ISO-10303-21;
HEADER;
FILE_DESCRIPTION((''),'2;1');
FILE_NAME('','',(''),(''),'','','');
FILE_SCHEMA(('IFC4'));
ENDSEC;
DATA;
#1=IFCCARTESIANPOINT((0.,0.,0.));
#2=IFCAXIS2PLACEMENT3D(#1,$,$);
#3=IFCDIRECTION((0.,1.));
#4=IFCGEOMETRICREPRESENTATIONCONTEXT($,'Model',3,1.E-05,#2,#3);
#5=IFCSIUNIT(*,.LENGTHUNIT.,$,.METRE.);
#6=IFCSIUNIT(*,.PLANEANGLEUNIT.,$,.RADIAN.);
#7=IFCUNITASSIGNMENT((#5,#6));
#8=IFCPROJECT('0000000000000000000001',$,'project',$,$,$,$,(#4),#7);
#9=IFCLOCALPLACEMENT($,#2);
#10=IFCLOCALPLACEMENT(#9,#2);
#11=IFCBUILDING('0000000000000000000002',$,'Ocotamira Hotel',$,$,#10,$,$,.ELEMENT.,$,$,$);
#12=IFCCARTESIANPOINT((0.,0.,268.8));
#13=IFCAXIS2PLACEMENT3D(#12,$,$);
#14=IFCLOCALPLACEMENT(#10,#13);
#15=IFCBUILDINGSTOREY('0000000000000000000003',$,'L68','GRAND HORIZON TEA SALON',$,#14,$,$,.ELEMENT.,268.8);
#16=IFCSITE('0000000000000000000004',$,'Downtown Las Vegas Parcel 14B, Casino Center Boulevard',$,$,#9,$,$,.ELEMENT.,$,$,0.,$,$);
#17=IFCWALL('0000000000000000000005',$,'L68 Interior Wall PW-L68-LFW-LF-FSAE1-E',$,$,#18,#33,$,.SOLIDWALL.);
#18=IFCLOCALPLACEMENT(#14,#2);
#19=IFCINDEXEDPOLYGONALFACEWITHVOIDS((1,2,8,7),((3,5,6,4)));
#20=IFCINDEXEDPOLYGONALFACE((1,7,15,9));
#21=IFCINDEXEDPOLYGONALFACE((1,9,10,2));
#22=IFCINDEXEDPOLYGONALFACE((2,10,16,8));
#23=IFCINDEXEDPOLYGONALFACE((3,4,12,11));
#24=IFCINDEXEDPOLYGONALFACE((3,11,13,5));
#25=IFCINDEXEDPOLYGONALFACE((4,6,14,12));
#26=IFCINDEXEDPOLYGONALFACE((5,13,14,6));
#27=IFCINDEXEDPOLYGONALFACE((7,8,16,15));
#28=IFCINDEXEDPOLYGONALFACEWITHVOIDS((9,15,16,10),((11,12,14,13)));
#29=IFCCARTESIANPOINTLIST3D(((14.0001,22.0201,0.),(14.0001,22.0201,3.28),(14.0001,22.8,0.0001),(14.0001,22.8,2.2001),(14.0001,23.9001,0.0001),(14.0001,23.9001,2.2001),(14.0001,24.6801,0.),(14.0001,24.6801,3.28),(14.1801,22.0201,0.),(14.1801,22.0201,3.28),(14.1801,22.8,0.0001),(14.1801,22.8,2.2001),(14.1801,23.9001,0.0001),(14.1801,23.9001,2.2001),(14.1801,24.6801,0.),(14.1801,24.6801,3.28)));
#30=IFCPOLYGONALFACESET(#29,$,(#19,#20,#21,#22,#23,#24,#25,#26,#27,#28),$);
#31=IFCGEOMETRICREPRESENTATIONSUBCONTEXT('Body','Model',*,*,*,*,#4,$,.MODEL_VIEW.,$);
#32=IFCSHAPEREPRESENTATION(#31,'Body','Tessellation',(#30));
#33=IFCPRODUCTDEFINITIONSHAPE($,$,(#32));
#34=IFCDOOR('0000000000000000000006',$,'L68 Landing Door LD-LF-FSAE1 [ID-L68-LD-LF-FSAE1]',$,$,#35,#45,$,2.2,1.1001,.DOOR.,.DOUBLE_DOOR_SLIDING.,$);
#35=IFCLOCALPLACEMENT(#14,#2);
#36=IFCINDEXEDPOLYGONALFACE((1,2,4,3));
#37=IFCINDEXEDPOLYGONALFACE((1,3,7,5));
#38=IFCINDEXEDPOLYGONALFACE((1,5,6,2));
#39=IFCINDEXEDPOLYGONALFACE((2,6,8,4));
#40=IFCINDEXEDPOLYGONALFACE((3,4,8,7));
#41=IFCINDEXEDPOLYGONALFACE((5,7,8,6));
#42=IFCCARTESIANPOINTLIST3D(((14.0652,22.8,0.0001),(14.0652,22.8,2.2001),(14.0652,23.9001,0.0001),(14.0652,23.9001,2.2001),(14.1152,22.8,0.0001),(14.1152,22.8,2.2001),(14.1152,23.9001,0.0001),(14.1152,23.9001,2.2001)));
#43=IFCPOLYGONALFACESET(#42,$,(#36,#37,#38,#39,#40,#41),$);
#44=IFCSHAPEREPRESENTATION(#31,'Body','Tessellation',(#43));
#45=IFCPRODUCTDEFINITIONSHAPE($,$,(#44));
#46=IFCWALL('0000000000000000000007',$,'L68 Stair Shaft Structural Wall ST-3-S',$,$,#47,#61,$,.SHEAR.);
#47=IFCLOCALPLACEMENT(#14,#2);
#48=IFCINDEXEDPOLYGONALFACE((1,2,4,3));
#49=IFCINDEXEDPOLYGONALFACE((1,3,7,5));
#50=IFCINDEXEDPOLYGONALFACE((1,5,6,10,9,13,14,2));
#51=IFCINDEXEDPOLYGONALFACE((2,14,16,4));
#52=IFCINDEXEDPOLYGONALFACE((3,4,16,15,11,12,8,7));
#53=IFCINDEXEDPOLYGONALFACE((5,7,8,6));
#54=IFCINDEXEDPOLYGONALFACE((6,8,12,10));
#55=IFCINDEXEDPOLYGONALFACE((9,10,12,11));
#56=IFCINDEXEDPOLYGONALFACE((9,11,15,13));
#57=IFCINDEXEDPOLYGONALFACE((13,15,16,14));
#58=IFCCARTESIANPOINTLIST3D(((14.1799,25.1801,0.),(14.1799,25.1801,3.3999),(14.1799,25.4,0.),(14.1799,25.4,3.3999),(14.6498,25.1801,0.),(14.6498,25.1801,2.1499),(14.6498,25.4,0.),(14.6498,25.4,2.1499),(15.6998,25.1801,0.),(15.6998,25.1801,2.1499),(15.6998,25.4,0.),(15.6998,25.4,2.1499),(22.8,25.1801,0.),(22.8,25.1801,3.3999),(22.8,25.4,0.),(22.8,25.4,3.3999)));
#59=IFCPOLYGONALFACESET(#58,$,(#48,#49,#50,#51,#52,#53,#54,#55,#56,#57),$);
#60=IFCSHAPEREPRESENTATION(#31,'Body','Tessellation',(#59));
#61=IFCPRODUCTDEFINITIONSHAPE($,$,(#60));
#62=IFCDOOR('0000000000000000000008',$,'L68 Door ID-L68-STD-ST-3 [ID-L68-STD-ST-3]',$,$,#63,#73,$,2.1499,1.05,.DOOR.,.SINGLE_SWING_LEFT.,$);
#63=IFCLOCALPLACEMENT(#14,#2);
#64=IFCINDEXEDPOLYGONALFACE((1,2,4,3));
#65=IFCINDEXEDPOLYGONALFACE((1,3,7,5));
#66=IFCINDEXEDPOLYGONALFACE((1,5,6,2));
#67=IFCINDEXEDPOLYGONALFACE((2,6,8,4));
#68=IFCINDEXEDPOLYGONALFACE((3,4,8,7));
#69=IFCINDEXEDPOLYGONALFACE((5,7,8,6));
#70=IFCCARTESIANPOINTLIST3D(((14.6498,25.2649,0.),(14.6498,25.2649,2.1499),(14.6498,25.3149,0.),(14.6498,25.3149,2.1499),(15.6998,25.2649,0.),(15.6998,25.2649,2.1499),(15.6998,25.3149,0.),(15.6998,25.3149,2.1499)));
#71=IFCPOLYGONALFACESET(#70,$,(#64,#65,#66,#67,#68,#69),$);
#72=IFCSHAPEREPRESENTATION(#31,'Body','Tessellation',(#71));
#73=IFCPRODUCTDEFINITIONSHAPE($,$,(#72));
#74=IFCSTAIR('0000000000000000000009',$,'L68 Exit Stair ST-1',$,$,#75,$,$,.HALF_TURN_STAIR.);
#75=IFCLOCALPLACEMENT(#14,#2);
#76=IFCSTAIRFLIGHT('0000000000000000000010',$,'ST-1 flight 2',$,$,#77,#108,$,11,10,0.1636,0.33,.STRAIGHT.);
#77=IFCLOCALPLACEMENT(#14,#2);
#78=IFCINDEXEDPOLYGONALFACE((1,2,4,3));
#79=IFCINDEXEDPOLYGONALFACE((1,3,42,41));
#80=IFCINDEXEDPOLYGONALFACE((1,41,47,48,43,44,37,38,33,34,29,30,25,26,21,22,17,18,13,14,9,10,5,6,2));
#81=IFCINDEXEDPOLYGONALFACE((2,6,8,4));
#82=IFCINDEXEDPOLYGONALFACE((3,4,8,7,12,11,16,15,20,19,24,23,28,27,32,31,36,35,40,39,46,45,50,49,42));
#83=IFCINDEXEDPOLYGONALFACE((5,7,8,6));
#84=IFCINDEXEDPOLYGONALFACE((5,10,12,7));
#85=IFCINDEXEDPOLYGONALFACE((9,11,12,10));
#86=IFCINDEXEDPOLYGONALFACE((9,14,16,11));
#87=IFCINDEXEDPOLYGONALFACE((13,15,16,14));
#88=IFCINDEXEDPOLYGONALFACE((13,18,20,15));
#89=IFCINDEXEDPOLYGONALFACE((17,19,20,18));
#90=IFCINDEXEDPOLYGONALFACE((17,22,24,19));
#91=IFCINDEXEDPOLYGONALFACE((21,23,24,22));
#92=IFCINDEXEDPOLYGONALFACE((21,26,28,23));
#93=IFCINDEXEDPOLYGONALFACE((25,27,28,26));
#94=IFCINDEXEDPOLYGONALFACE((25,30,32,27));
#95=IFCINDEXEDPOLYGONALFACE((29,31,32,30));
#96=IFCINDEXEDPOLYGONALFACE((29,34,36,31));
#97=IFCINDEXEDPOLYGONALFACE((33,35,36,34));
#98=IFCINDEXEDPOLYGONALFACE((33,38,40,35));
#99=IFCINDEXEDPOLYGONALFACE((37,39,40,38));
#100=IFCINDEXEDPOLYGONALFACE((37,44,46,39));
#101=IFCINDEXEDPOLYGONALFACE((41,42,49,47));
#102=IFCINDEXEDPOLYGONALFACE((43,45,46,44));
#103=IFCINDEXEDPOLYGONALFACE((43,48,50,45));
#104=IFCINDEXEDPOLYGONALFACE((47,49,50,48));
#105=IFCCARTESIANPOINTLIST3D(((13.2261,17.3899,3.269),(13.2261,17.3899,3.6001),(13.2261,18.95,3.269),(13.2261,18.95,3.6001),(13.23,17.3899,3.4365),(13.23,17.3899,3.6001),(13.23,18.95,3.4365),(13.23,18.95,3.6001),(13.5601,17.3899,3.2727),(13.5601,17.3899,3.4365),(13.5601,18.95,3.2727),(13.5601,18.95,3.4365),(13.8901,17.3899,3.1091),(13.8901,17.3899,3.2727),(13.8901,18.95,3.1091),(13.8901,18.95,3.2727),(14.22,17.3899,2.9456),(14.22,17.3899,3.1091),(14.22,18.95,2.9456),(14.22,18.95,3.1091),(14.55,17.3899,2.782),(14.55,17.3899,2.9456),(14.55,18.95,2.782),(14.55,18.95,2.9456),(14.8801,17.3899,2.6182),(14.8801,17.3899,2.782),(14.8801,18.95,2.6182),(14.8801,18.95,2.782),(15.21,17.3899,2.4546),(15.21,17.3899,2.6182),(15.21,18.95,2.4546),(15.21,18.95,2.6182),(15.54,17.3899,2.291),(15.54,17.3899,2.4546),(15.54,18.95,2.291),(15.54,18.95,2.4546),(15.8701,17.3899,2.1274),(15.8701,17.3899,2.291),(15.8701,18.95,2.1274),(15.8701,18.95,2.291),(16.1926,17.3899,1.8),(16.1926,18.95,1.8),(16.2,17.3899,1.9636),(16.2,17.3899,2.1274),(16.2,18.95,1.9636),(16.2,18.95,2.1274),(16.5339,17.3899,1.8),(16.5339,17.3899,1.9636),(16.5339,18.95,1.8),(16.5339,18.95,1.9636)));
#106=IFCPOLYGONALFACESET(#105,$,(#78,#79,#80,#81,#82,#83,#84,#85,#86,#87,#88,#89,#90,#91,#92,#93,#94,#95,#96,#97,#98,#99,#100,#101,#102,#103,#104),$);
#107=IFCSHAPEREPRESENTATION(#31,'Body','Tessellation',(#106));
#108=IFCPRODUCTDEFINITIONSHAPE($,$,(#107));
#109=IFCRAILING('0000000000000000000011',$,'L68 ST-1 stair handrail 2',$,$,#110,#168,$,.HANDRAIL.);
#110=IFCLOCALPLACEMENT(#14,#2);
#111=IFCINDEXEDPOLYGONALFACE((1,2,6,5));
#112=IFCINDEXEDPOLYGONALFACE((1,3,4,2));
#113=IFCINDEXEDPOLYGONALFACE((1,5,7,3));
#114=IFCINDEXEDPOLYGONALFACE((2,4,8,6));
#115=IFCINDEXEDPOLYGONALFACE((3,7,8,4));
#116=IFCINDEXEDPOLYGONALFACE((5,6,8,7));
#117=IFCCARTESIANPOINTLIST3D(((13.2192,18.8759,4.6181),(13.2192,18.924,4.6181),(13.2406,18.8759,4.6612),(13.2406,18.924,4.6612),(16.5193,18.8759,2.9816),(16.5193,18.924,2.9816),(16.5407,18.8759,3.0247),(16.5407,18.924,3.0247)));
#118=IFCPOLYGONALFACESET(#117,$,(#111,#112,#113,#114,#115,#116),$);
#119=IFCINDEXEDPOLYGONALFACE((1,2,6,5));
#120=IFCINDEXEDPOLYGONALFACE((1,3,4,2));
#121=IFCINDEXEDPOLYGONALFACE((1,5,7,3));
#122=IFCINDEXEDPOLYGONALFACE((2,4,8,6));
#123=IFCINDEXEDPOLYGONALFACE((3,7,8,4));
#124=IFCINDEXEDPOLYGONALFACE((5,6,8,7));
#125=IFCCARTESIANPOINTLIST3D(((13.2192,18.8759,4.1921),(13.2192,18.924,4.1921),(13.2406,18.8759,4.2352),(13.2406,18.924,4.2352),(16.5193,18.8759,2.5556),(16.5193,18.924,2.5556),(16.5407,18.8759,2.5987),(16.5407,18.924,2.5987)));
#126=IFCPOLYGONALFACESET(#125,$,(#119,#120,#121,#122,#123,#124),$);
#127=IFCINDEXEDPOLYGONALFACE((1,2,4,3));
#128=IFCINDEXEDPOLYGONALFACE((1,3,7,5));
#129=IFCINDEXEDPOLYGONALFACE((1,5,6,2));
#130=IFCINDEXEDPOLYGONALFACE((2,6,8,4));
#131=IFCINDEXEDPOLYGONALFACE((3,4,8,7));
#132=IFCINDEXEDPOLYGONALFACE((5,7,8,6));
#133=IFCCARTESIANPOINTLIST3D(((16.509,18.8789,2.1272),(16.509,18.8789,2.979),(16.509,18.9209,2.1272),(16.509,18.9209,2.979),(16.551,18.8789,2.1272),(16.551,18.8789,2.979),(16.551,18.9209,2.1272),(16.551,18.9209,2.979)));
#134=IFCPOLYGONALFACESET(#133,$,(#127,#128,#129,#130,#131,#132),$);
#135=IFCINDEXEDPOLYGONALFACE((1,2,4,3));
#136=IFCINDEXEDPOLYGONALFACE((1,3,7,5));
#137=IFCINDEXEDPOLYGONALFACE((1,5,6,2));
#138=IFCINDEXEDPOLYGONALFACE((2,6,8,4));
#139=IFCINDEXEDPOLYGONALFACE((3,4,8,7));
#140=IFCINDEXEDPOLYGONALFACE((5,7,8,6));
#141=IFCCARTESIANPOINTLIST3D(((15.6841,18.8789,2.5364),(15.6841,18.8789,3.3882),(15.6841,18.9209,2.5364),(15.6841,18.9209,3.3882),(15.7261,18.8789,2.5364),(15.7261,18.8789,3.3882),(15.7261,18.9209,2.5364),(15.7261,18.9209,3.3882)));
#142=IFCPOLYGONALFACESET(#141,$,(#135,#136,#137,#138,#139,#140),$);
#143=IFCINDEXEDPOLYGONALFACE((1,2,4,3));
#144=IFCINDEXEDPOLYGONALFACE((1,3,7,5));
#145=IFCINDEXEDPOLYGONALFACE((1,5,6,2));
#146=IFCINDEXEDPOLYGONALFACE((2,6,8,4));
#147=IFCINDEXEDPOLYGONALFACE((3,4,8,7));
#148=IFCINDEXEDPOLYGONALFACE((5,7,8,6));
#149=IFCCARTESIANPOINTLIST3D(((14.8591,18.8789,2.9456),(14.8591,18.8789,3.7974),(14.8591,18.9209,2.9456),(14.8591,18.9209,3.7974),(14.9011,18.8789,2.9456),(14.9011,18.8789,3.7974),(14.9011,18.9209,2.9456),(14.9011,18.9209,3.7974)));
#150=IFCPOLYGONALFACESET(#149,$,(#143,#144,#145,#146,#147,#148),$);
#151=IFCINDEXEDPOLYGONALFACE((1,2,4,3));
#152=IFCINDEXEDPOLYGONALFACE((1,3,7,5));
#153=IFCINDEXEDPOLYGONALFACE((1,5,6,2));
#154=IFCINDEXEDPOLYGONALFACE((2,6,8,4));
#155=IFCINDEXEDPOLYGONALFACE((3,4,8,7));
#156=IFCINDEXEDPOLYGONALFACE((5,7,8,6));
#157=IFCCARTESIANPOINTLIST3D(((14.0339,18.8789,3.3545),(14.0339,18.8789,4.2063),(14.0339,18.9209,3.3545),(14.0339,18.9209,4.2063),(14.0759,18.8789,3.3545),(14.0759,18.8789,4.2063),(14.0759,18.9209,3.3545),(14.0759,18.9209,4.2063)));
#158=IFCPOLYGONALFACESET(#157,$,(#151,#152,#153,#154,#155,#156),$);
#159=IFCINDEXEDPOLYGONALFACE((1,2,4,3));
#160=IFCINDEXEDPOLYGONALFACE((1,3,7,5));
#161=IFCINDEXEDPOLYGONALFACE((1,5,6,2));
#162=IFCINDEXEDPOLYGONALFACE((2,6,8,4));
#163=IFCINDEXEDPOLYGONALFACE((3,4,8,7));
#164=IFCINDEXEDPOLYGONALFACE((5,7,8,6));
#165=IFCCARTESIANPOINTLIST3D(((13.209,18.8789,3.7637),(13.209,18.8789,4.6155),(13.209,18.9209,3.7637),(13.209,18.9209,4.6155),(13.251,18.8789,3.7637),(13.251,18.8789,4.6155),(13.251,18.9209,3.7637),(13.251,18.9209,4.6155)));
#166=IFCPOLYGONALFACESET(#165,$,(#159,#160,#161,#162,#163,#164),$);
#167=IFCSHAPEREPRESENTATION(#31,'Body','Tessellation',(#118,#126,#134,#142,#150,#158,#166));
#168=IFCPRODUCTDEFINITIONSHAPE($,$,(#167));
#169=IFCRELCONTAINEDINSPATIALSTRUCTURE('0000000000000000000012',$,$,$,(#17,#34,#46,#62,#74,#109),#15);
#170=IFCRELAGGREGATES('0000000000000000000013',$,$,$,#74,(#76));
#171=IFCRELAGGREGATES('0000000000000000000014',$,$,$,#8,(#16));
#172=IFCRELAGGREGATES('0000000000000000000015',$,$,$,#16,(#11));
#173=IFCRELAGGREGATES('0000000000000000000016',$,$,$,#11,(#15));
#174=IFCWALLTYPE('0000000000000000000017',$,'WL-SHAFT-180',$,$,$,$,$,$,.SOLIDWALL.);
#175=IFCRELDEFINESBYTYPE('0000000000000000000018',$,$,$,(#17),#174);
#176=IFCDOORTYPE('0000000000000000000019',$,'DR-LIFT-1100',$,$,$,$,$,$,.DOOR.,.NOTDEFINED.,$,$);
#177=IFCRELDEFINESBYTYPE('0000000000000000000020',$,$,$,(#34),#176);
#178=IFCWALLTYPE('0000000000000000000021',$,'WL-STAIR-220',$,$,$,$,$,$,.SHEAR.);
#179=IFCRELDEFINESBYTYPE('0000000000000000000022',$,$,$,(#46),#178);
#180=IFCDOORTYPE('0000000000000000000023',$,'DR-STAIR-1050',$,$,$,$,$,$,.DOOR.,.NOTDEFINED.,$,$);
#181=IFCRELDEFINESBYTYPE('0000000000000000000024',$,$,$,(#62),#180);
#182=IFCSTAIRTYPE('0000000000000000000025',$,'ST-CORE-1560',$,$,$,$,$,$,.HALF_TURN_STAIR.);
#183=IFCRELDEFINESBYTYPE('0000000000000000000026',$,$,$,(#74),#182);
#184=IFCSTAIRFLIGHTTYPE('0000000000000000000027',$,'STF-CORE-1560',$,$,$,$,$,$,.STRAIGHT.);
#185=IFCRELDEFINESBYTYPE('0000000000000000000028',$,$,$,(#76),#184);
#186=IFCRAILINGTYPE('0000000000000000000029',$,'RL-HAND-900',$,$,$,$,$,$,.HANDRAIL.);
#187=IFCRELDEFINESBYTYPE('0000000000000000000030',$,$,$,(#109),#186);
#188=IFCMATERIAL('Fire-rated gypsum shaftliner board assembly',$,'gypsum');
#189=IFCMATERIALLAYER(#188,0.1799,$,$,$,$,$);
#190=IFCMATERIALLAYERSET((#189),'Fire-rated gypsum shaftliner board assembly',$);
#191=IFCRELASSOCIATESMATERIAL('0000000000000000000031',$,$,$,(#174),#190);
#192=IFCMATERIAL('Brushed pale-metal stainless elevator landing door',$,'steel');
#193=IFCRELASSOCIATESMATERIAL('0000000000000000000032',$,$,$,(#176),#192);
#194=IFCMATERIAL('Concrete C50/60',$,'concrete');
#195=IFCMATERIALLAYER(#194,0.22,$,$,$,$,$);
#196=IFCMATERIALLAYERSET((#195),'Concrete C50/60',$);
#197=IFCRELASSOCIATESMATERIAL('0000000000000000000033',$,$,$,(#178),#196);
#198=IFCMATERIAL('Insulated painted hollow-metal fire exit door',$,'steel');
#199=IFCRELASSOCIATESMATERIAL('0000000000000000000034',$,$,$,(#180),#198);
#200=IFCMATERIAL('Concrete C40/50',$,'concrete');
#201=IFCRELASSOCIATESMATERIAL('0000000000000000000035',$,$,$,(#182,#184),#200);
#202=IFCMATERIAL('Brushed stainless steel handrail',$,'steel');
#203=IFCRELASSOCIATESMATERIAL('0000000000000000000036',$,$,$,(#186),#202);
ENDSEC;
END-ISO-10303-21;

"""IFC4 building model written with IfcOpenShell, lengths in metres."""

from ifc_helpers import new_model, si_unit, direction, frame, frame_2d, origin, origin_2d, place, context, subcontext, project, spatial, polyline, rectangle, outline, extrude, source, transform, mapped, material, layer, layer_set, type_object, element, fill, aggregate, save


model = new_model("IFC4")

# Units and contexts
model_context = context("Model", 3, precision=1e-05, world=origin(), true_north=direction((0.0, 1.0)))
body_context = subcontext(model_context, "Body", "Model", "MODEL_VIEW")
ifc_project = project(units=[si_unit("LENGTHUNIT", "METRE"), si_unit("PLANEANGLEUNIT", "RADIAN")], contexts=[model_context])

# Site, building, storey
site_placement = place(None, origin())
site = spatial("IfcSite", under=ifc_project, at=site_placement, Name="Downtown Las Vegas Parcel 14B, Casino Center Boulevard", CompositionType="ELEMENT", RefElevation=0.0)
building_placement = place(site_placement, origin())
building = spatial("IfcBuilding", under=site, at=building_placement, Name="Ocotamira Hotel", CompositionType="ELEMENT")
storey_placement = place(building_placement, frame((0.0, 0.0, 268.8)))
storey = spatial("IfcBuildingStorey", under=building, at=storey_placement, Name="L68", Description="GRAND HORIZON TEA SALON", CompositionType="ELEMENT", Elevation=268.8)

# Shared definitions
ifc_material_1 = material(Name="Fire-rated gypsum shaftliner board assembly", Category="gypsum")
ifc_layer_1 = layer(ifc_material_1, 0.1799)
ifc_layer_set_1 = layer_set([ifc_layer_1], Name="Fire-rated gypsum shaftliner board assembly")
wall_type_1 = type_object("IfcWallType", Name="WL-SHAFT-180", PredefinedType="SOLIDWALL", material=ifc_layer_set_1)
ifc_material_2 = material(Name="Brushed pale-metal stainless elevator landing door", Category="steel")
door_type_1 = type_object("IfcDoorType", Name="DR-LIFT-1100", OperationType="NOTDEFINED", PredefinedType="DOOR", material=ifc_material_2)
shared_shape_1 = source(origin(), body_context, "Body", "SweptSolid", [
    extrude(rectangle(XDim=1.1001, YDim=2.2, at=frame_2d((0.55, 1.1001))), frame((0.0, 0.0249, 0.0), z_axis=(0.0, -1.0, 0.0), x_axis=(1.0, 0.0, 0.0)), (0.0, 0.0, 1.0), 0.05),
])

# Walls, openings, doors
wall_1_placement = place(storey_placement, frame((14.0901, 22.02, 0.0), z_axis=(0.0, 0.0, 1.0), x_axis=(0.0, 1.0, 0.0)))
wall_1 = element("IfcWall", 1, at=wall_1_placement, inside=storey, type_object=wall_type_1, Name="L68 Interior Wall PW-L68-LFW-LF-FSAE1-E", PredefinedType="SOLIDWALL", context=body_context, shape_type="SweptSolid", body=[
    extrude(rectangle(XDim=2.6599, YDim=0.1799, at=frame_2d((1.3301, 0.0))), origin(), (0.0, 0.0, 1.0), 3.28),
])
opening_1_placement = place(wall_1_placement, frame((0.78, 0.0, 0.0)))
opening_1 = element("IfcOpeningElement", 2, at=opening_1_placement, cuts=wall_1, PredefinedType="OPENING", context=body_context, shape_type="SweptSolid", body=[
    extrude(rectangle(XDim=1.1001, YDim=2.2, at=frame_2d((0.55, 1.1001))), frame((0.0, 0.1001, 0.0), z_axis=(0.0, -1.0, 0.0), x_axis=(1.0, 0.0, 0.0)), (0.0, 0.0, 1.0), 0.2),
])
door_1_placement = place(opening_1_placement, origin())
door_1 = element("IfcDoor", 3, at=door_1_placement, inside=storey, type_object=door_type_1, Name="L68 Landing Door LD-LF-FSAE1 [ID-L68-LD-LF-FSAE1]", OperationType="DOUBLE_DOOR_SLIDING", OverallHeight=2.2, OverallWidth=1.1001, PredefinedType="DOOR", context=body_context, shape_type="MappedRepresentation", body=[
    mapped(shared_shape_1, transform((0.0, 0.0, 0.0), scale=1.0)),
])
fill(opening_1, door_1)
ifc_material_3 = material(Name="Concrete C50/60", Category="concrete")
ifc_layer_2 = layer(ifc_material_3, 0.22)
ifc_layer_set_2 = layer_set([ifc_layer_2], Name="Concrete C50/60")
wall_type_2 = type_object("IfcWallType", Name="WL-STAIR-220", PredefinedType="SHEAR", material=ifc_layer_set_2)
wall_2_placement = place(storey_placement, frame((14.1799, 25.29, 0.0), z_axis=(0.0, 0.0, 1.0), x_axis=(1.0, 0.0, 0.0)))
wall_2 = element("IfcWall", 4, at=wall_2_placement, inside=storey, type_object=wall_type_2, Name="L68 Stair Shaft Structural Wall ST-3-S", PredefinedType="SHEAR", context=body_context, shape_type="SweptSolid", body=[
    extrude(rectangle(XDim=8.6201, YDim=0.22, at=frame_2d((4.3101, 0.0))), origin(), (0.0, 0.0, 1.0), 3.3999),
])
opening_2_placement = place(wall_2_placement, frame((0.47, 0.0, 0.0)))
opening_2 = element("IfcOpeningElement", 5, at=opening_2_placement, cuts=wall_2, PredefinedType="OPENING", context=body_context, shape_type="SweptSolid", body=[
    extrude(rectangle(XDim=1.05, YDim=2.1499, at=frame_2d((0.5249, 1.075))), frame((0.0, 0.1201, 0.0), z_axis=(0.0, -1.0, 0.0), x_axis=(1.0, 0.0, 0.0)), (0.0, 0.0, 1.0), 0.24),
])
ifc_material_4 = material(Name="Insulated painted hollow-metal fire exit door", Category="steel")
door_type_2 = type_object("IfcDoorType", Name="DR-STAIR-1050", OperationType="NOTDEFINED", PredefinedType="DOOR", material=ifc_material_4)
shared_shape_2 = source(origin(), body_context, "Body", "SweptSolid", [
    extrude(rectangle(XDim=1.05, YDim=2.1499, at=frame_2d((0.5249, 1.075))), frame((0.0, 0.0249, 0.0), z_axis=(0.0, -1.0, 0.0), x_axis=(1.0, 0.0, 0.0)), (0.0, 0.0, 1.0), 0.05),
])
door_2_placement = place(opening_2_placement, origin())
door_2 = element("IfcDoor", 6, at=door_2_placement, inside=storey, type_object=door_type_2, Name="L68 Door ID-L68-STD-ST-3 [ID-L68-STD-ST-3]", OperationType="SINGLE_SWING_LEFT", OverallHeight=2.1499, OverallWidth=1.05, PredefinedType="DOOR", context=body_context, shape_type="MappedRepresentation", body=[
    mapped(shared_shape_2, transform((0.0, 0.0, 0.0), scale=1.0)),
])
fill(opening_2, door_2)

# Stair, stair flight
ifc_material_5 = material(Name="Concrete C40/50", Category="concrete")
stair_type = type_object("IfcStairType", Name="ST-CORE-1560", PredefinedType="HALF_TURN_STAIR", material=ifc_material_5)
stair_placement = place(storey_placement, origin())
stair = element("IfcStair", 7, at=stair_placement, inside=storey, type_object=stair_type, Name="L68 Exit Stair ST-1", PredefinedType="HALF_TURN_STAIR")
stair_flight_type = type_object("IfcStairFlightType", Name="STF-CORE-1560", PredefinedType="STRAIGHT", material=ifc_material_5)
shared_shape_3 = source(origin(), body_context, "Body", "SweptSolid", [
    extrude(outline(polyline([(-0.0039, 0.0), (-0.0039, 0.1636), (0.3301, 0.1636), (0.3301, 0.3274), (0.6599, 0.3274), (0.6599, 0.491), (0.99, 0.491), (0.99, 0.6545), (1.3201, 0.6545), (1.3201, 0.8181), (1.6499, 0.8181), (1.6499, 0.9819), (1.98, 0.9819), (1.98, 1.1455), (2.3101, 1.1455), (2.3101, 1.3091), (2.6399, 1.3091), (2.6399, 1.4727), (2.97, 1.4727), (2.97, 1.6365), (3.3, 1.6365), (3.3, 1.8), (3.304, 1.8), (3.304, 1.469), (0.3374, 0.0), (-0.0039, 0.0)])), frame((0.0, 0.78, 0.0), z_axis=(0.0, -1.0, 0.0), x_axis=(1.0, 0.0, 0.0)), (0.0, 0.0, 1.0), 1.5601),
])
stair_flight_placement = place(storey_placement, frame((16.53, 18.1699, 1.8), z_axis=(0.0, 0.0, 1.0), x_axis=(-1.0, 0.0, 0.0)))
stair_flight = element("IfcStairFlight", 8, at=stair_flight_placement, type_object=stair_flight_type, Name="ST-1 flight 2", NumberOfRisers=11, NumberOfTreads=10, PredefinedType="STRAIGHT", RiserHeight=0.1636, TreadLength=0.33, context=body_context, shape_type="MappedRepresentation", body=[
    mapped(shared_shape_3, transform((0.0, 0.0, 0.0), scale=1.0)),
])
aggregate(stair, [stair_flight])

# Railing
ifc_material_6 = material(Name="Brushed stainless steel handrail", Category="steel")
railing_type_1 = type_object("IfcRailingType", Name="RL-HAND-900", PredefinedType="HANDRAIL", material=ifc_material_6)
railing_1_placement = place(storey_placement, frame((16.53, 18.8999, 2.1272)))
element("IfcRailing", 9, at=railing_1_placement, inside=storey, type_object=railing_type_1, Name="L68 ST-1 stair handrail 2", PredefinedType="HANDRAIL", context=body_context, shape_type="SweptSolid", body=[
    extrude(rectangle(XDim=0.0481, YDim=0.0481, at=origin_2d()), frame((0.0, 0.0, 0.876), z_axis=(-0.895894, 0.0, 0.444268), x_axis=(0.0, -1.0, 0.0)), (0.0, 0.0, 1.0), 3.6836),
    extrude(rectangle(XDim=0.0481, YDim=0.0481, at=origin_2d()), frame((0.0, 0.0, 0.45), z_axis=(-0.895894, 0.0, 0.444268), x_axis=(0.0, -1.0, 0.0)), (0.0, 0.0, 1.0), 3.6836),
    extrude(rectangle(XDim=0.042, YDim=0.042, at=origin_2d()), origin(), (0.0, 0.0, 1.0), 0.8518),
    extrude(rectangle(XDim=0.042, YDim=0.042, at=origin_2d()), frame((-0.825, 0.0, 0.4092)), (0.0, 0.0, 1.0), 0.8518),
    extrude(rectangle(XDim=0.042, YDim=0.042, at=origin_2d()), frame((-1.6499, 0.0, 0.8184)), (0.0, 0.0, 1.0), 0.8518),
    extrude(rectangle(XDim=0.042, YDim=0.042, at=origin_2d()), frame((-2.4751, 0.0, 1.2273)), (0.0, 0.0, 1.0), 0.8518),
    extrude(rectangle(XDim=0.042, YDim=0.042, at=origin_2d()), frame((-3.3, 0.0, 1.6365)), (0.0, 0.0, 1.0), 0.8518),
])

save(model, "model.ifc")
